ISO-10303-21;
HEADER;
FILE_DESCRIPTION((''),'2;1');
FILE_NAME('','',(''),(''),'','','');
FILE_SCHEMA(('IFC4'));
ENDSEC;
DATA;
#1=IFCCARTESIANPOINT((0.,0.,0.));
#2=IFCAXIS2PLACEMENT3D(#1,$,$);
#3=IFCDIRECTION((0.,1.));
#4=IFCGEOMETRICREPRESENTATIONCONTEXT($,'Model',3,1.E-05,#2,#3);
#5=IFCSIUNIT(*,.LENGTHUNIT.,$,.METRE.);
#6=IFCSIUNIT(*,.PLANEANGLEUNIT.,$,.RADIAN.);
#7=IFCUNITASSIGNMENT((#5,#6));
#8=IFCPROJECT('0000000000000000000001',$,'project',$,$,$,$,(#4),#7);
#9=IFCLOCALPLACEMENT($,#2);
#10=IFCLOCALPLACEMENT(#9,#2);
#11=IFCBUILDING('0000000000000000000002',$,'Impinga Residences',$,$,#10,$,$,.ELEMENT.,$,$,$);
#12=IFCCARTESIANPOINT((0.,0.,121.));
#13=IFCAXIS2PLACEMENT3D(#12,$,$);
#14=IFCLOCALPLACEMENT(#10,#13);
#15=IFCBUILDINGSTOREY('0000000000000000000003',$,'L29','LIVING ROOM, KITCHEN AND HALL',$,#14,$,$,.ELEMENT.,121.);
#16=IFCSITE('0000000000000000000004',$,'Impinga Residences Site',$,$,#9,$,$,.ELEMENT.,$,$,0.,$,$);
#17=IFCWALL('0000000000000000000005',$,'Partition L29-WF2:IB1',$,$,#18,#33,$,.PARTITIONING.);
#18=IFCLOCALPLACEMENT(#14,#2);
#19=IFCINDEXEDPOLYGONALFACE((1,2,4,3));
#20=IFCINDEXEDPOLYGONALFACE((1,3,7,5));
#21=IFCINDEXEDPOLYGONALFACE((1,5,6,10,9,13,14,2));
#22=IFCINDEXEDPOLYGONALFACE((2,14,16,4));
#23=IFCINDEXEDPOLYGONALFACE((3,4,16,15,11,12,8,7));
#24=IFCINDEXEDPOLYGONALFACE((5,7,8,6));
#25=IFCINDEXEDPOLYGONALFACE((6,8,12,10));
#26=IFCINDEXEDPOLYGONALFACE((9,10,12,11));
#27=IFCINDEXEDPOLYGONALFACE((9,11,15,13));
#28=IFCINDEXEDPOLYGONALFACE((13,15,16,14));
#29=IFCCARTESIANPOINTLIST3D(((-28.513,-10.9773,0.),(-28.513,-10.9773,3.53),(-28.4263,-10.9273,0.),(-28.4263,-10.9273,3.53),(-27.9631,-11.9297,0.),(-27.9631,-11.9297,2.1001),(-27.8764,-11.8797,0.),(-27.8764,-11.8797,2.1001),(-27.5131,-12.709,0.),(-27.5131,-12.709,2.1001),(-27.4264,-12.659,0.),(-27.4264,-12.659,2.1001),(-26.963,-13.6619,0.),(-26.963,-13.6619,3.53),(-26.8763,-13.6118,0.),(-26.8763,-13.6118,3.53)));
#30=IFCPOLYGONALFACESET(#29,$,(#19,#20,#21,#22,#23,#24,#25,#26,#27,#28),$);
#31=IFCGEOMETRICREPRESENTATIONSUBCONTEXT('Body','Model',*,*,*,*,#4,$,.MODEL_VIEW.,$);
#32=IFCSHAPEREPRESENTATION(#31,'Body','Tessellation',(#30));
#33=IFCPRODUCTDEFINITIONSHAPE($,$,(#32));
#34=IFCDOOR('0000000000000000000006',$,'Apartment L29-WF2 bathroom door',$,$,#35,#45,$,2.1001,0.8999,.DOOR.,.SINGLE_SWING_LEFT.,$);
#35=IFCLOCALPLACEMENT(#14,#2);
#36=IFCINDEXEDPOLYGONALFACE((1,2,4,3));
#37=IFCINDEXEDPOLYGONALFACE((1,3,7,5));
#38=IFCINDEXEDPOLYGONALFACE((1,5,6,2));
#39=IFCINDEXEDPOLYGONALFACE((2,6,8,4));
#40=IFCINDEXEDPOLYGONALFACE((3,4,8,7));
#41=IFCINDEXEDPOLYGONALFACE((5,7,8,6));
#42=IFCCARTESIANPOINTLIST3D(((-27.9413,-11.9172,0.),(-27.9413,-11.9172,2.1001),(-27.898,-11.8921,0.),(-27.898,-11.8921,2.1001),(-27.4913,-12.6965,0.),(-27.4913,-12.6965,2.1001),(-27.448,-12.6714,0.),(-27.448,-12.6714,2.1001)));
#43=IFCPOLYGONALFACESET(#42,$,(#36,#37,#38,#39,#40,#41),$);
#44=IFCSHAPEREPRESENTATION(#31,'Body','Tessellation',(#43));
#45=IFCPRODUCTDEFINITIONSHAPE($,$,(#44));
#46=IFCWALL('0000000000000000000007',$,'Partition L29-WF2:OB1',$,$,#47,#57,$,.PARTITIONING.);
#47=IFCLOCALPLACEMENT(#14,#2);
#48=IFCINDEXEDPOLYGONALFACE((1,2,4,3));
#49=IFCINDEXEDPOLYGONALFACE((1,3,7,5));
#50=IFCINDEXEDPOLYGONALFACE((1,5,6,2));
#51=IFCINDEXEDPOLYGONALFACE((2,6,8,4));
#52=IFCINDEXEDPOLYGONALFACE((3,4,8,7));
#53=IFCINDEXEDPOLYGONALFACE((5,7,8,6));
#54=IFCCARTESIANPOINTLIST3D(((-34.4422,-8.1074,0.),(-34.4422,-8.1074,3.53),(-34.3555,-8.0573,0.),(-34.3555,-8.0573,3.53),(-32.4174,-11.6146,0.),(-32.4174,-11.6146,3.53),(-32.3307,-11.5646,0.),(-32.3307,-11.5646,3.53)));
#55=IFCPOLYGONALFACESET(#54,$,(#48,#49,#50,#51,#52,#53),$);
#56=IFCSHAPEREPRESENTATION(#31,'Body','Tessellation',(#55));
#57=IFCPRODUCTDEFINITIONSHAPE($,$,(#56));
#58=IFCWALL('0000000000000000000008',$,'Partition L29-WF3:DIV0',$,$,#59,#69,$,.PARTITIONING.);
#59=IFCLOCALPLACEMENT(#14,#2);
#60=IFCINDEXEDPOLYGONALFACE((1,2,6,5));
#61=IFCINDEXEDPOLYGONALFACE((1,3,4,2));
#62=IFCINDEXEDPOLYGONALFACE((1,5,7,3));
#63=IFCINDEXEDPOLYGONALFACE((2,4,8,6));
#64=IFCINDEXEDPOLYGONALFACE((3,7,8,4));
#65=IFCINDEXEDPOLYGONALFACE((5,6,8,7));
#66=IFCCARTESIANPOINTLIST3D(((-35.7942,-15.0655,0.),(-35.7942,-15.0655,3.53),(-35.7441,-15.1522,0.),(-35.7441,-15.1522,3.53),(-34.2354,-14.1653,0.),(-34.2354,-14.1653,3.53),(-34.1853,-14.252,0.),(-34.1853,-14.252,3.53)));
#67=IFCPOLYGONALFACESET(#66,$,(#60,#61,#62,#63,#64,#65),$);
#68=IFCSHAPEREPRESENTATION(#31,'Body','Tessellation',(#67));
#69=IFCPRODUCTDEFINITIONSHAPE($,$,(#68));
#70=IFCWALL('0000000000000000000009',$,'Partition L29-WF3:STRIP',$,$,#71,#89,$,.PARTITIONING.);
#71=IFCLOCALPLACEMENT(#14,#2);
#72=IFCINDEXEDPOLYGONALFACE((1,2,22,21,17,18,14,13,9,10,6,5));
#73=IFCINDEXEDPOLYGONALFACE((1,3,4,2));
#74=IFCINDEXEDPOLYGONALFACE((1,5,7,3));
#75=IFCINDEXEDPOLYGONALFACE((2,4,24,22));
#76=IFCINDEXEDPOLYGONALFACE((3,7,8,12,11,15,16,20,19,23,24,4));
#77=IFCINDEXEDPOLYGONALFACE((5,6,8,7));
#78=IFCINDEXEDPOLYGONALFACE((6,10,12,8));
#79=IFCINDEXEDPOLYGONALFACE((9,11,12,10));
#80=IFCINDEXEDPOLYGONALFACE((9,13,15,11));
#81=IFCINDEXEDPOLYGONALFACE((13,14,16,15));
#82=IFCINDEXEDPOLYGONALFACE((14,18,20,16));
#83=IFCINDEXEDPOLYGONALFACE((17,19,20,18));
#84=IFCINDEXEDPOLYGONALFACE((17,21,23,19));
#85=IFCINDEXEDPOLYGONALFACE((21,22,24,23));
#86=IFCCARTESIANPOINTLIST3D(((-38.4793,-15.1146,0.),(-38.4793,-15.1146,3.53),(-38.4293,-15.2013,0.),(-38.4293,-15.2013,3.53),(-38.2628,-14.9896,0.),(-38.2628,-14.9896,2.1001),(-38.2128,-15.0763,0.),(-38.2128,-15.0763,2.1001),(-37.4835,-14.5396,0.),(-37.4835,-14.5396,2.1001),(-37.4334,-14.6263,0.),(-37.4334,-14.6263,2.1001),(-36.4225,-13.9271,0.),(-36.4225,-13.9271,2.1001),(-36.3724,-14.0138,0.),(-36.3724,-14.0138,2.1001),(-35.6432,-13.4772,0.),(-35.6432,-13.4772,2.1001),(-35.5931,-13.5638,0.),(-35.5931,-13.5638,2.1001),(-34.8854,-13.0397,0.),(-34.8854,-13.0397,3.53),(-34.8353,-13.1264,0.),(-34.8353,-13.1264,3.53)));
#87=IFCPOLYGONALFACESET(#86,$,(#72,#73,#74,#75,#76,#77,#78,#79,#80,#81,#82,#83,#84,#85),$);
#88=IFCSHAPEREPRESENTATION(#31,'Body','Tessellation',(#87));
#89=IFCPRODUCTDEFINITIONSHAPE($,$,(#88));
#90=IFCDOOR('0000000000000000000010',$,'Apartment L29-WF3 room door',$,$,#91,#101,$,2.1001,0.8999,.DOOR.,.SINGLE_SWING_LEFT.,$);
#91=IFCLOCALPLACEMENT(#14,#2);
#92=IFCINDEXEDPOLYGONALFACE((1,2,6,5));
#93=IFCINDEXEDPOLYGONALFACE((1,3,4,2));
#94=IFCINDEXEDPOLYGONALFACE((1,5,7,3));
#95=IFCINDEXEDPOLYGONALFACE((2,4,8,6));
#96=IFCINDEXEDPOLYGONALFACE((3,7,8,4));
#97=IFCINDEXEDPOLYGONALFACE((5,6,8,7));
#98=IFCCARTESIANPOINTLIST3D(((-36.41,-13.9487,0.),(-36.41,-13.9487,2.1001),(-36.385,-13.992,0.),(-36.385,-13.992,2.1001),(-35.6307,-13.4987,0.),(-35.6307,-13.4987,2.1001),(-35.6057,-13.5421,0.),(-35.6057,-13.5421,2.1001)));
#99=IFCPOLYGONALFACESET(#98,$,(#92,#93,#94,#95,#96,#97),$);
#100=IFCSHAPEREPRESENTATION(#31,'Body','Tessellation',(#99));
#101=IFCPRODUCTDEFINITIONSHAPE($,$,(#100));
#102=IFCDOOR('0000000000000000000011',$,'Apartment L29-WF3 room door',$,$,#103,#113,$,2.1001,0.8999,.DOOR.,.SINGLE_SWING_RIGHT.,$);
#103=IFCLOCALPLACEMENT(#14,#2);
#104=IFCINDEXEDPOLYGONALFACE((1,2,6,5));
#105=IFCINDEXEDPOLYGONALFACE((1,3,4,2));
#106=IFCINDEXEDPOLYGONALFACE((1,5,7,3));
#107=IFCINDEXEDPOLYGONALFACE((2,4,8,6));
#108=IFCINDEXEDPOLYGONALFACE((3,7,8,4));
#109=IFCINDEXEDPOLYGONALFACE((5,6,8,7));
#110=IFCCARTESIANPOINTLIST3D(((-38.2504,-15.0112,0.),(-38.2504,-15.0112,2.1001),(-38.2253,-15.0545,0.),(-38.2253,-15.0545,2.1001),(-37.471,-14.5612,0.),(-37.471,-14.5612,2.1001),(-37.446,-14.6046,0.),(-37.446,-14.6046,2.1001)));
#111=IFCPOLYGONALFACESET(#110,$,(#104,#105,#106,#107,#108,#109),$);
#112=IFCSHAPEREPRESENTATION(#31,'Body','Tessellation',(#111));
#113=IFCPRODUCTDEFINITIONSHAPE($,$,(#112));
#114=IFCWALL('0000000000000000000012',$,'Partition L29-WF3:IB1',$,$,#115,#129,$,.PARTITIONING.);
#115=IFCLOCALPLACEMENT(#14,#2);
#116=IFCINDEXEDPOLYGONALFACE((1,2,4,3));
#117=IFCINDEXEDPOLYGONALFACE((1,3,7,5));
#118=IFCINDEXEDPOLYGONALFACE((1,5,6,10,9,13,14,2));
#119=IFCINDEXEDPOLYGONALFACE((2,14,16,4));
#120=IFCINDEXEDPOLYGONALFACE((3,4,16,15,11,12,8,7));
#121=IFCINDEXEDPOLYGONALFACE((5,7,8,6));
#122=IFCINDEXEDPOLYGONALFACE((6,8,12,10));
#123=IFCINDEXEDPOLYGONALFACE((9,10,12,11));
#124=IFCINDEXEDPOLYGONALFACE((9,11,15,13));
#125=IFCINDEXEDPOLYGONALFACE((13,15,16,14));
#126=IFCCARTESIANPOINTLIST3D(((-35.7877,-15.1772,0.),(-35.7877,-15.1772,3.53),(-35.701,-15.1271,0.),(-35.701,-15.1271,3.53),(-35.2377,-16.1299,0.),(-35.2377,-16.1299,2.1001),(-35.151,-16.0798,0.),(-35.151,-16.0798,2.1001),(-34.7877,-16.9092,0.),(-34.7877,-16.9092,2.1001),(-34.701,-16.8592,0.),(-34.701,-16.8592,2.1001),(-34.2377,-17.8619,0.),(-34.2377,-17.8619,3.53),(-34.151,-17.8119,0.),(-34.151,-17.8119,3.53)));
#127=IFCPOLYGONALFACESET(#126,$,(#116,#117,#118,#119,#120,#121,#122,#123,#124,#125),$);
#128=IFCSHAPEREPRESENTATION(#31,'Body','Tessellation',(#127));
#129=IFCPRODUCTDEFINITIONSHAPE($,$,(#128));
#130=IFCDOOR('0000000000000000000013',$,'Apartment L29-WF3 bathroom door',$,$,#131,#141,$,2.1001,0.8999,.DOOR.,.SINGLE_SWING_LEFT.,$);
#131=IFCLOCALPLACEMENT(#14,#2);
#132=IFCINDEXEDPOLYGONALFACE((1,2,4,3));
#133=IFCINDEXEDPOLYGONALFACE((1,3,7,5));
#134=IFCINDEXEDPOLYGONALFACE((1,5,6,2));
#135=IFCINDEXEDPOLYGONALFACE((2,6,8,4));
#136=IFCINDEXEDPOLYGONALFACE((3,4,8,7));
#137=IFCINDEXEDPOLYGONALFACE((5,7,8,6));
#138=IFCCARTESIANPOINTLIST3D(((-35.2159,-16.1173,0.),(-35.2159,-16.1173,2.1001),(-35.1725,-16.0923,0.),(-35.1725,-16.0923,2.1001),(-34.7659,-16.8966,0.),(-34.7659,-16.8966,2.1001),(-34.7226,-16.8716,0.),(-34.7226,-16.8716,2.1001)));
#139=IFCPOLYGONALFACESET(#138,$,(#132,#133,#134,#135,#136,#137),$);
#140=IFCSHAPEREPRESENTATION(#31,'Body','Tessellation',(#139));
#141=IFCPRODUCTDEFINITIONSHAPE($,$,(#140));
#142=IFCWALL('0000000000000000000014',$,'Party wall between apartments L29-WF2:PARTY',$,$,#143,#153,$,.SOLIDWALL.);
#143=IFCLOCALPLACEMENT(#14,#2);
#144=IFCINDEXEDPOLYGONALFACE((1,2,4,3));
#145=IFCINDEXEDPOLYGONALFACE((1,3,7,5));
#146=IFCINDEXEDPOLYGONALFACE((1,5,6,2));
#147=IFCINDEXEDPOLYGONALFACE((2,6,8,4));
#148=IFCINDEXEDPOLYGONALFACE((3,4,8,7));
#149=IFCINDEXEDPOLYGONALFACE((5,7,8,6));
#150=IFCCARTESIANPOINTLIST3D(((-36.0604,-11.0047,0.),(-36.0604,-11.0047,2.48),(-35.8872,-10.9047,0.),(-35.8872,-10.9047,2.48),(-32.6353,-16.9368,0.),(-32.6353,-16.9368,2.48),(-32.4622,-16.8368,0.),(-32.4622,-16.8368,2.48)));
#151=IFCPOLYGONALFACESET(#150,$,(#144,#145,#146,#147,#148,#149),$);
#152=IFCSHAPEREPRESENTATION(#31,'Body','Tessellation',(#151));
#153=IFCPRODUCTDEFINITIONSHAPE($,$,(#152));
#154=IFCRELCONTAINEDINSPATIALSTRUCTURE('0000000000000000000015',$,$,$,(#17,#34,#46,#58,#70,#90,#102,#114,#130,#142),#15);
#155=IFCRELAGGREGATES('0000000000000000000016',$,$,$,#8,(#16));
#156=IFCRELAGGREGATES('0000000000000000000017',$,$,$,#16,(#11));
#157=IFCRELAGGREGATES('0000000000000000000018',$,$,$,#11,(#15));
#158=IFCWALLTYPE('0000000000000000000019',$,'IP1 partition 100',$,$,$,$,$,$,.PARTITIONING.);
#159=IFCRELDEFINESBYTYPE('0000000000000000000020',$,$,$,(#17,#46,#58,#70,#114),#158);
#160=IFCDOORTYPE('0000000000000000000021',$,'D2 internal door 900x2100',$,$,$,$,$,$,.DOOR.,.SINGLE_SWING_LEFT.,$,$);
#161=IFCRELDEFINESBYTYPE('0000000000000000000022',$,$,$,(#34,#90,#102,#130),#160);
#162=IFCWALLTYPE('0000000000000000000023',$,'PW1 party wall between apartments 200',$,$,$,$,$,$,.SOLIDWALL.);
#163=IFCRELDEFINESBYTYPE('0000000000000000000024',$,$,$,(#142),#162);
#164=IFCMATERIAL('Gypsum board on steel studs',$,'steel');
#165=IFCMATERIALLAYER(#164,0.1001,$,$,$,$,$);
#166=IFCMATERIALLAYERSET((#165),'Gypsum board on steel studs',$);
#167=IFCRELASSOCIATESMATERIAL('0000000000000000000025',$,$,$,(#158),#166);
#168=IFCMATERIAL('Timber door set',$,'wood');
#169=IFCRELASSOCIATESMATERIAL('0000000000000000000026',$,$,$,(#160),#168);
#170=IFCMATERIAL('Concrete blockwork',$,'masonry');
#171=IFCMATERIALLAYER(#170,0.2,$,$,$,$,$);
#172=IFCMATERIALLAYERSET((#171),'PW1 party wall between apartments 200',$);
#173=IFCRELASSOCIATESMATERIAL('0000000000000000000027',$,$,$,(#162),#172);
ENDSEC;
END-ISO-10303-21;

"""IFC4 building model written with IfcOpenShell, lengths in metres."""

from ifc_helpers import new_model, si_unit, direction, frame, frame_2d, origin, place, context, subcontext, project, spatial, rectangle, extrude, material, layer, layer_set, type_object, element, fill, save


model = new_model("IFC4")

# Units and contexts
model_context = context("Model", 3, precision=1e-05, world=origin(), true_north=direction((0.0, 1.0)))
body_context = subcontext(model_context, "Body", "Model", "MODEL_VIEW")
ifc_project = project(units=[si_unit("LENGTHUNIT", "METRE"), si_unit("PLANEANGLEUNIT", "RADIAN")], contexts=[model_context])

# Site, building, storey
site_placement = place(None, origin())
site = spatial("IfcSite", under=ifc_project, at=site_placement, Name="Impinga Residences Site", CompositionType="ELEMENT", RefElevation=0.0)
building_placement = place(site_placement, origin())
building = spatial("IfcBuilding", under=site, at=building_placement, Name="Impinga Residences", CompositionType="ELEMENT")
storey_placement = place(building_placement, frame((0.0, 0.0, 121.0)))
storey = spatial("IfcBuildingStorey", under=building, at=storey_placement, Name="L29", Description="LIVING ROOM, KITCHEN AND HALL", CompositionType="ELEMENT", Elevation=121.0)

# Shared definitions
ifc_material_1 = material(Name="Gypsum board on steel studs", Category="steel")
ifc_layer_1 = layer(ifc_material_1, 0.1001)
ifc_layer_set_1 = layer_set([ifc_layer_1], Name="Gypsum board on steel studs")
wall_type_1 = type_object("IfcWallType", Name="IP1 partition 100", PredefinedType="PARTITIONING", material=ifc_layer_set_1)
ifc_material_2 = material(Name="Timber door set", Category="wood")
door_type = type_object("IfcDoorType", Name="D2 internal door 900x2100", OperationType="SINGLE_SWING_LEFT", PredefinedType="DOOR", material=ifc_material_2)

# Wall, opening, door
wall_1_placement = place(storey_placement, frame((-26.9197, -13.6367, 0.0), z_axis=(0.0, 0.0, 1.0), x_axis=(-0.500027, 0.86601, 0.0)))
wall_1 = element("IfcWall", 1, at=wall_1_placement, inside=storey, type_object=wall_type_1, Name="Partition L29-WF2:IB1", PredefinedType="PARTITIONING", context=body_context, shape_type="SweptSolid", body=[
    extrude(rectangle(XDim=3.0999, YDim=0.1001, at=frame_2d((1.5498, 0.0))), origin(), (0.0, 0.0, 1.0), 3.53),
])
opening_1_placement = place(wall_1_placement, frame((1.1001, 0.0, 0.0)))
opening_1 = element("IfcOpeningElement", 2, at=opening_1_placement, cuts=wall_1, PredefinedType="OPENING", context=body_context, shape_type="SweptSolid", body=[
    extrude(rectangle(XDim=0.8999, YDim=2.1001, at=frame_2d((0.45, 1.05))), frame((0.0, 0.0601, 0.0), z_axis=(0.0, -1.0, 0.0), x_axis=(1.0, 0.0, 0.0)), (0.0, 0.0, 1.0), 0.1201),
])
door_1_placement = place(opening_1_placement, origin())
door_1 = element("IfcDoor", 3, at=door_1_placement, inside=storey, type_object=door_type, Name="Apartment L29-WF2 bathroom door", OperationType="SINGLE_SWING_LEFT", OverallHeight=2.1001, OverallWidth=0.8999, PredefinedType="DOOR", context=body_context, shape_type="SweptSolid", body=[
    extrude(rectangle(XDim=0.8999, YDim=2.1001, at=frame_2d((0.45, 1.05))), frame((0.0, 0.0249, 0.0), z_axis=(0.0, -1.0, 0.0), x_axis=(1.0, 0.0, 0.0)), (0.0, 0.0, 1.0), 0.05),
])
fill(opening_1, door_1)

# Walls
wall_2_placement = place(storey_placement, frame((-32.374, -11.5896, 0.0), z_axis=(0.0, 0.0, 1.0), x_axis=(-0.49999, 0.866031, 0.0)))
element("IfcWall", 4, at=wall_2_placement, inside=storey, type_object=wall_type_1, Name="Partition L29-WF2:OB1", PredefinedType="PARTITIONING", context=body_context, shape_type="SweptSolid", body=[
    extrude(rectangle(XDim=4.0498, YDim=0.1001, at=frame_2d((2.0249, 0.0))), origin(), (0.0, 0.0, 1.0), 3.53),
])
wall_3_placement = place(storey_placement, frame((-34.2104, -14.2087, 0.0), z_axis=(0.0, 0.0, 1.0), x_axis=(-0.865989, -0.500063, 0.0)))
element("IfcWall", 5, at=wall_3_placement, inside=storey, type_object=wall_type_1, Name="Partition L29-WF3:DIV0", PredefinedType="PARTITIONING", context=body_context, shape_type="SweptSolid", body=[
    extrude(rectangle(XDim=1.8, YDim=0.1001, at=frame_2d((0.8999, 0.0))), origin(), (0.0, 0.0, 1.0), 3.53),
])

# Wall, openings, doors
wall_4_placement = place(storey_placement, frame((-34.8604, -13.083, 0.0), z_axis=(0.0, 0.0, 1.0), x_axis=(-0.86603, -0.499992, 0.0)))
wall_4 = element("IfcWall", 6, at=wall_4_placement, inside=storey, type_object=wall_type_1, Name="Partition L29-WF3:STRIP", PredefinedType="PARTITIONING", context=body_context, shape_type="SweptSolid", body=[
    extrude(rectangle(XDim=4.1499, YDim=0.1001, at=frame_2d((2.075, 0.0))), origin(), (0.0, 0.0, 1.0), 3.53),
])
opening_2_placement = place(wall_4_placement, frame((0.875, 0.0, 0.0)))
opening_2 = element("IfcOpeningElement", 7, at=opening_2_placement, cuts=wall_4, PredefinedType="OPENING", context=body_context, shape_type="SweptSolid", body=[
    extrude(rectangle(XDim=0.8999, YDim=2.1001, at=frame_2d((0.45, 1.05))), frame((0.0, 0.0601, 0.0), z_axis=(0.0, -1.0, 0.0), x_axis=(1.0, 0.0, 0.0)), (0.0, 0.0, 1.0), 0.1201),
])
opening_3_placement = place(wall_4_placement, frame((3.0, 0.0, 0.0)))
opening_3 = element("IfcOpeningElement", 8, at=opening_3_placement, cuts=wall_4, PredefinedType="OPENING", context=body_context, shape_type="SweptSolid", body=[
    extrude(rectangle(XDim=0.8999, YDim=2.1001, at=frame_2d((0.45, 1.05))), frame((0.0, 0.0601, 0.0), z_axis=(0.0, -1.0, 0.0), x_axis=(1.0, 0.0, 0.0)), (0.0, 0.0, 1.0), 0.1201),
])
door_2_placement = place(opening_2_placement, origin())
door_2 = element("IfcDoor", 9, at=door_2_placement, inside=storey, type_object=door_type, Name="Apartment L29-WF3 room door", OperationType="SINGLE_SWING_LEFT", OverallHeight=2.1001, OverallWidth=0.8999, PredefinedType="DOOR", context=body_context, shape_type="SweptSolid", body=[
    extrude(rectangle(XDim=0.8999, YDim=2.1001, at=frame_2d((0.45, 1.05))), frame((0.0, 0.0249, 0.0), z_axis=(0.0, -1.0, 0.0), x_axis=(1.0, 0.0, 0.0)), (0.0, 0.0, 1.0), 0.05),
])
fill(opening_2, door_2)
door_3_placement = place(opening_3_placement, origin())
door_3 = element("IfcDoor", 10, at=door_3_placement, inside=storey, type_object=door_type, Name="Apartment L29-WF3 room door", OperationType="SINGLE_SWING_RIGHT", OverallHeight=2.1001, OverallWidth=0.8999, PredefinedType="DOOR", context=body_context, shape_type="SweptSolid", body=[
    extrude(rectangle(XDim=0.8999, YDim=2.1001, at=frame_2d((0.45, 1.05))), frame((0.0, 0.0249, 0.0), z_axis=(0.0, -1.0, 0.0), x_axis=(1.0, 0.0, 0.0)), (0.0, 0.0, 1.0), 0.05),
])
fill(opening_3, door_3)

# Wall, opening, door
wall_5_placement = place(storey_placement, frame((-34.1943, -17.8369, 0.0), z_axis=(0.0, 0.0, 1.0), x_axis=(-0.499993, 0.86603, 0.0)))
wall_5 = element("IfcWall", 11, at=wall_5_placement, inside=storey, type_object=wall_type_1, Name="Partition L29-WF3:IB1", PredefinedType="PARTITIONING", context=body_context, shape_type="SweptSolid", body=[
    extrude(rectangle(XDim=3.1001, YDim=0.1001, at=frame_2d((1.55, 0.0))), origin(), (0.0, 0.0, 1.0), 3.53),
])
opening_4_placement = place(wall_5_placement, frame((1.1001, 0.0, 0.0)))
opening_4 = element("IfcOpeningElement", 12, at=opening_4_placement, cuts=wall_5, PredefinedType="OPENING", context=body_context, shape_type="SweptSolid", body=[
    extrude(rectangle(XDim=0.8999, YDim=2.1001, at=frame_2d((0.45, 1.05))), frame((0.0, 0.0601, 0.0), z_axis=(0.0, -1.0, 0.0), x_axis=(1.0, 0.0, 0.0)), (0.0, 0.0, 1.0), 0.1201),
])
door_4_placement = place(opening_4_placement, origin())
door_4 = element("IfcDoor", 13, at=door_4_placement, inside=storey, type_object=door_type, Name="Apartment L29-WF3 bathroom door", OperationType="SINGLE_SWING_LEFT", OverallHeight=2.1001, OverallWidth=0.8999, PredefinedType="DOOR", context=body_context, shape_type="SweptSolid", body=[
    extrude(rectangle(XDim=0.8999, YDim=2.1001, at=frame_2d((0.45, 1.05))), frame((0.0, 0.0249, 0.0), z_axis=(0.0, -1.0, 0.0), x_axis=(1.0, 0.0, 0.0)), (0.0, 0.0, 1.0), 0.05),
])
fill(opening_4, door_4)

# Wall
ifc_material_3 = material(Name="Concrete blockwork", Category="masonry")
ifc_layer_2 = layer(ifc_material_3, 0.2)
ifc_layer_set_2 = layer_set([ifc_layer_2], Name="PW1 party wall between apartments 200")
wall_type_2 = type_object("IfcWallType", Name="PW1 party wall between apartments 200", PredefinedType="SOLIDWALL", material=ifc_layer_set_2)
wall_6_placement = place(storey_placement, frame((-32.5488, -16.8867, 0.0), z_axis=(0.0, 0.0, 1.0), x_axis=(-0.500015, 0.866017, 0.0)))
element("IfcWall", 14, at=wall_6_placement, inside=storey, type_object=wall_type_2, Name="Party wall between apartments L29-WF2:PARTY", PredefinedType="SOLIDWALL", context=body_context, shape_type="SweptSolid", body=[
    extrude(rectangle(XDim=6.8499, YDim=0.2, at=frame_2d((3.4248, 0.0))), origin(), (0.0, 0.0, 1.0), 2.48),
])

save(model, "model.ifc")
